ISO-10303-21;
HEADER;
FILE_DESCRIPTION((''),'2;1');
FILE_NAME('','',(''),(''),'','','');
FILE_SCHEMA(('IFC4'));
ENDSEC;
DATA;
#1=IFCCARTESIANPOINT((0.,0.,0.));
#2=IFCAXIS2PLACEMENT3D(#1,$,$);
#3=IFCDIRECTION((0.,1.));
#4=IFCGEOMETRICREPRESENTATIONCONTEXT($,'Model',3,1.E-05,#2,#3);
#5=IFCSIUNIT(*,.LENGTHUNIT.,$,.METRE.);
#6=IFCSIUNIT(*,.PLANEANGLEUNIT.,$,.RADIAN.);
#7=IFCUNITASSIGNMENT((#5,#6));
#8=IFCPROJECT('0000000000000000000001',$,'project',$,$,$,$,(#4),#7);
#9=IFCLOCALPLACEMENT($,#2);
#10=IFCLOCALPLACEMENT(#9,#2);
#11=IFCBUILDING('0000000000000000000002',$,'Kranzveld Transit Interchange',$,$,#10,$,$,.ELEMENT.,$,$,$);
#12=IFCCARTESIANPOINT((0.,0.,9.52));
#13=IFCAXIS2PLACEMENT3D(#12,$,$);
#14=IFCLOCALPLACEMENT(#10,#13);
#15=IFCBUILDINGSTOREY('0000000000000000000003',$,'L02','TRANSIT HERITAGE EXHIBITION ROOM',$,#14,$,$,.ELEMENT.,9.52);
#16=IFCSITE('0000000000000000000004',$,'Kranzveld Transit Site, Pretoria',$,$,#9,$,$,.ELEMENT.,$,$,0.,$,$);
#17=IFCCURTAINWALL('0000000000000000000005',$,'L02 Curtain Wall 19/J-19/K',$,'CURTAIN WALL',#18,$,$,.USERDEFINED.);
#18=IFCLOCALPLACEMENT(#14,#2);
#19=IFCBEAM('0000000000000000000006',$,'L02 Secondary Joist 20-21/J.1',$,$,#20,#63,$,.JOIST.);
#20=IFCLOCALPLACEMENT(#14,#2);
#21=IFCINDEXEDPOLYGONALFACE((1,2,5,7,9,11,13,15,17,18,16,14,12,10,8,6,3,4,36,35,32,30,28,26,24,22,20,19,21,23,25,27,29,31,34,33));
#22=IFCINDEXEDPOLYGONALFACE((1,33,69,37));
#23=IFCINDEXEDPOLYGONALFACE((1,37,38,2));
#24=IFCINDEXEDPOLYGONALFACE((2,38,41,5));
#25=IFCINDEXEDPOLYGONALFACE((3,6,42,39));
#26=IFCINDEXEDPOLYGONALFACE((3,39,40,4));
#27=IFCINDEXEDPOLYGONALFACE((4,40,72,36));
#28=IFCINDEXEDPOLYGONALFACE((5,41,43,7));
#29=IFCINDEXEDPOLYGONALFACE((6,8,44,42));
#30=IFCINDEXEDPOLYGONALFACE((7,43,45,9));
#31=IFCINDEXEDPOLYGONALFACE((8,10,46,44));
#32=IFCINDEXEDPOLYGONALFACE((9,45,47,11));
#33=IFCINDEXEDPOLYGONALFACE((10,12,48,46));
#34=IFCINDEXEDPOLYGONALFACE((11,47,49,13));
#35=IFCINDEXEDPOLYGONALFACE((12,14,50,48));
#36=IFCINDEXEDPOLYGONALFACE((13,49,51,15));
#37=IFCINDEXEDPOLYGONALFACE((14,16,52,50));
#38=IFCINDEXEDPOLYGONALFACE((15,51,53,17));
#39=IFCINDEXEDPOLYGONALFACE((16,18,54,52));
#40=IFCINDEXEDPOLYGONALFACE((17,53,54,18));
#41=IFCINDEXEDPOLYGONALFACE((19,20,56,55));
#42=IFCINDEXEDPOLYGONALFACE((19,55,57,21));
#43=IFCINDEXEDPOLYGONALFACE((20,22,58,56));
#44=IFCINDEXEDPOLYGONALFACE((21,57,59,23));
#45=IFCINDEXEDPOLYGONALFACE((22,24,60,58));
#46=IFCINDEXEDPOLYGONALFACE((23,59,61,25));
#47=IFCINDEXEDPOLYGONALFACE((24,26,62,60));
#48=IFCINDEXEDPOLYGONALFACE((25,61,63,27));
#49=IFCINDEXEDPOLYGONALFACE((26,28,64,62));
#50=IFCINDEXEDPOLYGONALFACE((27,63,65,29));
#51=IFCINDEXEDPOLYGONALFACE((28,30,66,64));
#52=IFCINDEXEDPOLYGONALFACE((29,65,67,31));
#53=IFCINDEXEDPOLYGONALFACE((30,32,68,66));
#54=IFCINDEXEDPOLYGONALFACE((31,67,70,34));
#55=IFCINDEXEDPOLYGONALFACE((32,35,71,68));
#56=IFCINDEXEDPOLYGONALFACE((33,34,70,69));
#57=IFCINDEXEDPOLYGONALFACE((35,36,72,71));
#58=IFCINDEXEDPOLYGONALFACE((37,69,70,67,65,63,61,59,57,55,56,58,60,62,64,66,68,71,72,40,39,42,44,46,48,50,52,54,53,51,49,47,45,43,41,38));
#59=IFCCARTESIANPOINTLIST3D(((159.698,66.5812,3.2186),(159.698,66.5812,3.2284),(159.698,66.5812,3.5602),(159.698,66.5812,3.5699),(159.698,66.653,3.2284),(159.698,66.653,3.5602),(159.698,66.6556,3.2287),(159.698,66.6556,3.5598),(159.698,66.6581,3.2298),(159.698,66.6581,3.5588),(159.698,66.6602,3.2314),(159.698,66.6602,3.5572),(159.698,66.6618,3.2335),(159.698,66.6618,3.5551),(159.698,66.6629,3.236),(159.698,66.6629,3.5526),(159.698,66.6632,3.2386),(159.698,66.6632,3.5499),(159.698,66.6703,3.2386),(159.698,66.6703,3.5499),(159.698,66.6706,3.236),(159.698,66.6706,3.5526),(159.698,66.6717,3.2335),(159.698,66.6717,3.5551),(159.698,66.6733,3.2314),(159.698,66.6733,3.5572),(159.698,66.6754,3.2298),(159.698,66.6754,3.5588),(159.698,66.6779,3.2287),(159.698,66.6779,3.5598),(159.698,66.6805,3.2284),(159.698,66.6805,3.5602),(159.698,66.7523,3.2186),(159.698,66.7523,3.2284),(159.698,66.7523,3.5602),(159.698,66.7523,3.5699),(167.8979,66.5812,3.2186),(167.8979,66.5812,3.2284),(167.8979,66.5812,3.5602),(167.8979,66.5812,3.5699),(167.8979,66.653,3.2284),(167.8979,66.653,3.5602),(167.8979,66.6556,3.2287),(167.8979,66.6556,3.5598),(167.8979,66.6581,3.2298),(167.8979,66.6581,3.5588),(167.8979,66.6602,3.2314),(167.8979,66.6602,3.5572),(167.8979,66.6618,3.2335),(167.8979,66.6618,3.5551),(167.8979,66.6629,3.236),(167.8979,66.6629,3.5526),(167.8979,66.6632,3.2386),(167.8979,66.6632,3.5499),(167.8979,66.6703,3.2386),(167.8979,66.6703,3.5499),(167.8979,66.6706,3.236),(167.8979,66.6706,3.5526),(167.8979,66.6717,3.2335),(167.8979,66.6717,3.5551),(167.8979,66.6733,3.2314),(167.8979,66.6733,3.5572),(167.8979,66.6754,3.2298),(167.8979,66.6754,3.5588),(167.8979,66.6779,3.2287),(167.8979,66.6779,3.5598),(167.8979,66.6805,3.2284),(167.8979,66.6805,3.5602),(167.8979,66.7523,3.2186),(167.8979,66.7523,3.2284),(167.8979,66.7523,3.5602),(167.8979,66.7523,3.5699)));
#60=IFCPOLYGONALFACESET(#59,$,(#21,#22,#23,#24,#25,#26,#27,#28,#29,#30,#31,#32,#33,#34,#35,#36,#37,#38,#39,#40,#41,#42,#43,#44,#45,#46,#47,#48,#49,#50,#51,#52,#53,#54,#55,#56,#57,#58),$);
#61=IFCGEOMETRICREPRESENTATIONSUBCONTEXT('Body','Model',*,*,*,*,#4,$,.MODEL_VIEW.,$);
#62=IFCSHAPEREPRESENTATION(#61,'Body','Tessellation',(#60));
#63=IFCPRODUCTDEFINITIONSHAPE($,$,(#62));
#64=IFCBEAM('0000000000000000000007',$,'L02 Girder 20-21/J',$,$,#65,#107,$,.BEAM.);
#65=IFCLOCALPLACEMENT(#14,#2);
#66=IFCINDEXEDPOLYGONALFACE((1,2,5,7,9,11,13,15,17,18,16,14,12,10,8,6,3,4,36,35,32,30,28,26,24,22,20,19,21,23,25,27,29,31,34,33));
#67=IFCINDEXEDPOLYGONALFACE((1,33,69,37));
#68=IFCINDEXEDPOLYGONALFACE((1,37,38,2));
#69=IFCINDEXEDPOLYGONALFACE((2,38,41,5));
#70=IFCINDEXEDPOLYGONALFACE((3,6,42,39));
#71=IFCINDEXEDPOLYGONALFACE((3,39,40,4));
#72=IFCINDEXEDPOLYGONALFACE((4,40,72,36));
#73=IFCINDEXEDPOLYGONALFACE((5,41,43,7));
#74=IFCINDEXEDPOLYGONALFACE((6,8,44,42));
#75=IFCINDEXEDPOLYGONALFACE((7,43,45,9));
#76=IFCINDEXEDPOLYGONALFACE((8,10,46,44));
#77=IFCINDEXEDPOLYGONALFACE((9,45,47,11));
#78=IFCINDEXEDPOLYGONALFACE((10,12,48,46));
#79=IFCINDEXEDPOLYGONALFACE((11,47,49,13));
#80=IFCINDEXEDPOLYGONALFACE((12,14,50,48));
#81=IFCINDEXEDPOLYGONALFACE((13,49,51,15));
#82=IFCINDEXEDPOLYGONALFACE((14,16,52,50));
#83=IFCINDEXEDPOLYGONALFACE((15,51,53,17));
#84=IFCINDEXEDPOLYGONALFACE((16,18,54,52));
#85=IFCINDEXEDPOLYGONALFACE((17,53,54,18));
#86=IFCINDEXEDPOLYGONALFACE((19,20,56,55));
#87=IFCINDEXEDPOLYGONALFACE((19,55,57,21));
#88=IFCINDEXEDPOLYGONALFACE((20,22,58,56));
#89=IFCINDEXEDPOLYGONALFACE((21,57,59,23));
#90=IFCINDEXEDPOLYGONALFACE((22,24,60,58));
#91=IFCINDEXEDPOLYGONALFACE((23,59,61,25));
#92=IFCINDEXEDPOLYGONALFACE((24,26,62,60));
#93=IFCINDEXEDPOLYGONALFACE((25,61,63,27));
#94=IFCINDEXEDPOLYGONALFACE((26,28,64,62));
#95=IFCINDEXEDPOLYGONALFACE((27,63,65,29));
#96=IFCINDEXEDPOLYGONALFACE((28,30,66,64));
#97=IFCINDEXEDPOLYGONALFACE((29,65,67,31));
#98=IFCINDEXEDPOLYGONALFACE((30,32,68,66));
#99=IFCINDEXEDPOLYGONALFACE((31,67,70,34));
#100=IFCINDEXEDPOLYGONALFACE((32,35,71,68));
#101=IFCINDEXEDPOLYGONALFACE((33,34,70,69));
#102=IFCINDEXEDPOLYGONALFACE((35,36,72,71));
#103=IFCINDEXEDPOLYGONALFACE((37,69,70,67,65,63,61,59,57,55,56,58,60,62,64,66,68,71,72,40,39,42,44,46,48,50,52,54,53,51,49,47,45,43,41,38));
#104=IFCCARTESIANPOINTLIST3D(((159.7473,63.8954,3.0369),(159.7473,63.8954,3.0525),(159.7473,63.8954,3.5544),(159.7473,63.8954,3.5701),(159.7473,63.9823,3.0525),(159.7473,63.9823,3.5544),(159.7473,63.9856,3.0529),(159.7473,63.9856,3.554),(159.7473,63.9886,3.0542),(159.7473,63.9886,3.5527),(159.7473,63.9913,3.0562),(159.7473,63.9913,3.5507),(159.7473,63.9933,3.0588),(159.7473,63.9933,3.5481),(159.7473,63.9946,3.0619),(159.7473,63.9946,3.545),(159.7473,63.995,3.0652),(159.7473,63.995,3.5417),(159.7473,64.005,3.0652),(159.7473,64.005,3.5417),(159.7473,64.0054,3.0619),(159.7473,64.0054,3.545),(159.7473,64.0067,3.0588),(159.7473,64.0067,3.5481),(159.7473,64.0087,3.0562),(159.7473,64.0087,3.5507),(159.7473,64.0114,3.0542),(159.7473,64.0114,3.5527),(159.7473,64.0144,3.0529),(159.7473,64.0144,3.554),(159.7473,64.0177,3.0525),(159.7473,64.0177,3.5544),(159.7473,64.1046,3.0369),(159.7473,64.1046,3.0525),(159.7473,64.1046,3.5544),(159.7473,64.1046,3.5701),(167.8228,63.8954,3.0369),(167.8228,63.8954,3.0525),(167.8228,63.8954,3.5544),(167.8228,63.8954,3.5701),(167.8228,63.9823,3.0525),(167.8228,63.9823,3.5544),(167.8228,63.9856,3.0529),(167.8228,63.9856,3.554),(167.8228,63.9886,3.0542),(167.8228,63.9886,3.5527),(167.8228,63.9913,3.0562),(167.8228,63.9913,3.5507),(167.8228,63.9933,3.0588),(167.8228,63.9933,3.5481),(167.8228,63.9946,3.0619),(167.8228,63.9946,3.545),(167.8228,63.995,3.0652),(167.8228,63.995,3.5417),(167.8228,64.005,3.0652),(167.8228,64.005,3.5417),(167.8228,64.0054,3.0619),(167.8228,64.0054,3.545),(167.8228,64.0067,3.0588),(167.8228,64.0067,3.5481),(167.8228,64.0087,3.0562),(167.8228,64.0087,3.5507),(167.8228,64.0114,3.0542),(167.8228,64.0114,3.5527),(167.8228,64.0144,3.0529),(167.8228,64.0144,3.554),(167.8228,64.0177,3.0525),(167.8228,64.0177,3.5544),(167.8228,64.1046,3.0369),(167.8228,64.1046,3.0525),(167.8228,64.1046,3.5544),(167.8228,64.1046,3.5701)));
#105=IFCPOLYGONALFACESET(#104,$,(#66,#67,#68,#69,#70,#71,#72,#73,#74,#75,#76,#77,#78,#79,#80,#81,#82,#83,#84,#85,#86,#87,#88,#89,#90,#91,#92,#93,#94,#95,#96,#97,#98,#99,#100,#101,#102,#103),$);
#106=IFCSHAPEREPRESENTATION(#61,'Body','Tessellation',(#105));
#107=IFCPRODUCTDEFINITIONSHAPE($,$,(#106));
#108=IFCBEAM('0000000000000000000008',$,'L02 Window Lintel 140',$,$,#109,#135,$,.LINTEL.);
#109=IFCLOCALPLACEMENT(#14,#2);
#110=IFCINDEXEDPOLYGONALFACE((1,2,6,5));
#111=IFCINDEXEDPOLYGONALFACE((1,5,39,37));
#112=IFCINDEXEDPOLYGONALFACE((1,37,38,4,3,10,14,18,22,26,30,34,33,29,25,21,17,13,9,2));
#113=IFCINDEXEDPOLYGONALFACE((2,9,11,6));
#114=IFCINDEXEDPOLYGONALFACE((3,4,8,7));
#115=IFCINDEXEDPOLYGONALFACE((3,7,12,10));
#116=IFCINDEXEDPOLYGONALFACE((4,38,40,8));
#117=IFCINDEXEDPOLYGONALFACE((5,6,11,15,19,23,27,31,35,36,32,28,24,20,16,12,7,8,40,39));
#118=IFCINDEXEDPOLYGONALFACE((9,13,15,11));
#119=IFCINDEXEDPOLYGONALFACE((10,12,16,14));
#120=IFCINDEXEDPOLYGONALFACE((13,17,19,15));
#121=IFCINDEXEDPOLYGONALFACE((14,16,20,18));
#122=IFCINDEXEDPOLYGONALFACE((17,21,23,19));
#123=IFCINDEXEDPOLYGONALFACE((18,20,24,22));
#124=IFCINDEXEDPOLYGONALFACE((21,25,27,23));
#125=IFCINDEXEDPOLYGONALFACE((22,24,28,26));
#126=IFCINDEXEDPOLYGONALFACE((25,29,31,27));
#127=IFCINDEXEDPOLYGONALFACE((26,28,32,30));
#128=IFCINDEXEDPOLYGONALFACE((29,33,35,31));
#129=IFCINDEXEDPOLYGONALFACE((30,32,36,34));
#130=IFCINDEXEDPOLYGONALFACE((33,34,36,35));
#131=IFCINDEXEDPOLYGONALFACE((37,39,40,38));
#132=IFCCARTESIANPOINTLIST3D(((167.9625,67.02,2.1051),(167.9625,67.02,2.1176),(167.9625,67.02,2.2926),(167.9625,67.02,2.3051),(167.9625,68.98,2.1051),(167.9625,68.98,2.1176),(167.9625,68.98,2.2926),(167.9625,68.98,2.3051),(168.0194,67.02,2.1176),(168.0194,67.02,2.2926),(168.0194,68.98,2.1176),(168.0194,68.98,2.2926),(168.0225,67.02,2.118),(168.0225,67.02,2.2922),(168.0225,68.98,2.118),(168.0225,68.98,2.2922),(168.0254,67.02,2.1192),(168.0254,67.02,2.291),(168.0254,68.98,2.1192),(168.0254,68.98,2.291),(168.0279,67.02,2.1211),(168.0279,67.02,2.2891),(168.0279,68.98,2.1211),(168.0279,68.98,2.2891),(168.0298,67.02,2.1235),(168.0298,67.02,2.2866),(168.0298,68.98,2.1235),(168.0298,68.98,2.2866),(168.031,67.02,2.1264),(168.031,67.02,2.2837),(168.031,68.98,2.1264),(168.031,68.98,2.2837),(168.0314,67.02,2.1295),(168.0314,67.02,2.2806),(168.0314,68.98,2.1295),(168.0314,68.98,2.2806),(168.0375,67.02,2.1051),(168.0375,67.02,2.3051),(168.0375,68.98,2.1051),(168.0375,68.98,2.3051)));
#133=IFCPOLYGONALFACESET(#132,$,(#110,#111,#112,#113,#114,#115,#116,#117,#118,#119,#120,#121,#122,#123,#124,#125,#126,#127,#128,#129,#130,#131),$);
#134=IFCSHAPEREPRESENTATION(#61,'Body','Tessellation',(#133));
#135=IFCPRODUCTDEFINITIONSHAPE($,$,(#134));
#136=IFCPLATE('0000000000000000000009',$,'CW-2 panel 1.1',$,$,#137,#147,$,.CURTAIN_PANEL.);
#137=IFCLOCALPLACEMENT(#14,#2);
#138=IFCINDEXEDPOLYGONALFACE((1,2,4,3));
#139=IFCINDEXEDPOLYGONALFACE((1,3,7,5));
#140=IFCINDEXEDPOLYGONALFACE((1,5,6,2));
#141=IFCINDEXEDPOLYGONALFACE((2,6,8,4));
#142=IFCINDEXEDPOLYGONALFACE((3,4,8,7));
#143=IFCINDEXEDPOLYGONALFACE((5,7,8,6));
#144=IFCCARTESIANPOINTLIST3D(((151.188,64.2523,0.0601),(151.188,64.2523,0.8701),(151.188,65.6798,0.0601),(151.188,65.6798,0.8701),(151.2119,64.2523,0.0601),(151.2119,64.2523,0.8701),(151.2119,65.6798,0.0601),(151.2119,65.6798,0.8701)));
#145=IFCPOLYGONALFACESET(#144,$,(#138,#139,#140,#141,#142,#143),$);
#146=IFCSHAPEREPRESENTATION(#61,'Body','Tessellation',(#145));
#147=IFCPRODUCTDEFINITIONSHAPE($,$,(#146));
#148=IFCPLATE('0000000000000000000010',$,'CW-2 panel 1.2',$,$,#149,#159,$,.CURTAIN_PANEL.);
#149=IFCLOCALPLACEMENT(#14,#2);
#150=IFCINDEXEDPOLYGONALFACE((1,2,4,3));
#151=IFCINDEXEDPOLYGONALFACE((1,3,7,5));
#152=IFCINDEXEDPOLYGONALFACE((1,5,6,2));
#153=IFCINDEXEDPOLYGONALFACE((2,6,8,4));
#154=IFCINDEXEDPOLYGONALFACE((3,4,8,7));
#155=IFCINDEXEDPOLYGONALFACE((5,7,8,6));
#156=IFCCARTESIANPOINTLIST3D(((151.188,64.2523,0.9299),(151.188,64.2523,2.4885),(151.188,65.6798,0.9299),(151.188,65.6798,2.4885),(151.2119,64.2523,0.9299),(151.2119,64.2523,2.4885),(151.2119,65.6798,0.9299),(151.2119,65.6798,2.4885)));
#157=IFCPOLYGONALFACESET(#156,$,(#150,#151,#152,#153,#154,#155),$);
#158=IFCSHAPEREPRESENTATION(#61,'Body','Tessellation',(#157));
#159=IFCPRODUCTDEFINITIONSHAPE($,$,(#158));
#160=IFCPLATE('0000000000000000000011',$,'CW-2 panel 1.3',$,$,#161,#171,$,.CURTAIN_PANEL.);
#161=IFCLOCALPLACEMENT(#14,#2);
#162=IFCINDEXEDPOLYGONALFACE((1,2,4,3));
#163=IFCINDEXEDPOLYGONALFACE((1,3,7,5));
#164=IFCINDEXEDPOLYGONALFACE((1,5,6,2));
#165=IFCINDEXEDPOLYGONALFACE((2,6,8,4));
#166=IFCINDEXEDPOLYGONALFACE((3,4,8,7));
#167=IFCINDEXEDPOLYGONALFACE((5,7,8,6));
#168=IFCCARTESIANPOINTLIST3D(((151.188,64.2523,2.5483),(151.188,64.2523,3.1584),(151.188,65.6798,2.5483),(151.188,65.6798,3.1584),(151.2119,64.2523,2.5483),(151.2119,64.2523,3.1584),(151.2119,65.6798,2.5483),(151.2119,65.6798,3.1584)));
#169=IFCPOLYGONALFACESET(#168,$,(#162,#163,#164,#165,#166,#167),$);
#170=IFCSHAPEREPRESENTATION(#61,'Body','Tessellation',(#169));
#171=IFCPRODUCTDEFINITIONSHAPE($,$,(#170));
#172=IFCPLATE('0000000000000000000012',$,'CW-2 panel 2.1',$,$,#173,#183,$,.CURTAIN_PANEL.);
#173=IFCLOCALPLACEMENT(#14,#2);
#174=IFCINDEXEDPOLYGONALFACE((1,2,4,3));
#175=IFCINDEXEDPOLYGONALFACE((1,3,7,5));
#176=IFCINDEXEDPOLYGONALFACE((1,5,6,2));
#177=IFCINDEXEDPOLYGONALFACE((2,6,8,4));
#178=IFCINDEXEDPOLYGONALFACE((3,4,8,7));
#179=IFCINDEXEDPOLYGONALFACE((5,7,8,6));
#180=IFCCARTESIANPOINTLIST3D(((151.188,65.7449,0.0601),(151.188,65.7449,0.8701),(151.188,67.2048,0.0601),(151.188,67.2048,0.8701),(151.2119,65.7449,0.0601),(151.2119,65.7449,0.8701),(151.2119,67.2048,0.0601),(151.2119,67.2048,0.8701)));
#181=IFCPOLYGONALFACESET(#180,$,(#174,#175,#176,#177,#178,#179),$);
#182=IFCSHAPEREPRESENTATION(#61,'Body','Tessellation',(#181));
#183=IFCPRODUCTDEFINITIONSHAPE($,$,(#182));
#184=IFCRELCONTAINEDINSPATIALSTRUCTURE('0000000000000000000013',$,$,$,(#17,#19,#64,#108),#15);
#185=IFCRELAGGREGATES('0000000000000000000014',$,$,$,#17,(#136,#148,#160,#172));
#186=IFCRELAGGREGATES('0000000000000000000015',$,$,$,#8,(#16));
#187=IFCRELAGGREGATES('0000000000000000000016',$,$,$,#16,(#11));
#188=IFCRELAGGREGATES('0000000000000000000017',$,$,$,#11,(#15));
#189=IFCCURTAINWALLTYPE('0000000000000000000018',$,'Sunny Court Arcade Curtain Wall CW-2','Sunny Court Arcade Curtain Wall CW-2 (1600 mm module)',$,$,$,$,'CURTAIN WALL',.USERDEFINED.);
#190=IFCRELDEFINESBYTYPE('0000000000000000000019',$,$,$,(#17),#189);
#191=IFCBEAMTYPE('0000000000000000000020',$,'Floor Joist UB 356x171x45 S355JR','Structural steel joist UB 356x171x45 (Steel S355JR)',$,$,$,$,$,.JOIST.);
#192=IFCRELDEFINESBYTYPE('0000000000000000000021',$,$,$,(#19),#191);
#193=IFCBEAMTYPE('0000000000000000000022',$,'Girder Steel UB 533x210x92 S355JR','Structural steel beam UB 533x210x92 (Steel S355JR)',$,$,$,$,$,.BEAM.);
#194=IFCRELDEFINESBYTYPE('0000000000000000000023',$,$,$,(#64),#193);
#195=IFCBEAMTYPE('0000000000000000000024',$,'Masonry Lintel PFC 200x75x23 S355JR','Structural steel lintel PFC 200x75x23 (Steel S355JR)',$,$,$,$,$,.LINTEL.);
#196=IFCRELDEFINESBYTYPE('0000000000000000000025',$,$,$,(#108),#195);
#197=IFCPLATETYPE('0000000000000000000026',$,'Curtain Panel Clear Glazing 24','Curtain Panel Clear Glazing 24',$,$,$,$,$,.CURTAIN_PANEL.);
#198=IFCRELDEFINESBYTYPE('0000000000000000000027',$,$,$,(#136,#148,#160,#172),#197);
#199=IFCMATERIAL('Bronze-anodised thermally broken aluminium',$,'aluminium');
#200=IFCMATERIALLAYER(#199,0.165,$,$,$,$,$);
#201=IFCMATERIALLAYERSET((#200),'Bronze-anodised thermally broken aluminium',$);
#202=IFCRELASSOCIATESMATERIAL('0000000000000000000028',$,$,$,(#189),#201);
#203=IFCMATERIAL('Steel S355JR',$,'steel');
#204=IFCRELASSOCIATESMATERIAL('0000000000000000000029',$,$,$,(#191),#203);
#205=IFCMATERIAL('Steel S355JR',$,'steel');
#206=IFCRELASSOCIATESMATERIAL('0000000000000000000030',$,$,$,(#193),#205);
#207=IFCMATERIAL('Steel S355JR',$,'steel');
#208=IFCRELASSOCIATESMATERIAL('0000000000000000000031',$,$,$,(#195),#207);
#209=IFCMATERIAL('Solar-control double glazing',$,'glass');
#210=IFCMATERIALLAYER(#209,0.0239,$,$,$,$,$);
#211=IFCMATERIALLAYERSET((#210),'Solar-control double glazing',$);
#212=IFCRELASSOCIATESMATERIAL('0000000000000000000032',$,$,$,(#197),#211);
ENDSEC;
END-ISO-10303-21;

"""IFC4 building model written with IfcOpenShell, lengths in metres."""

from ifc_helpers import new_model, si_unit, direction, frame, origin, origin_2d, place, context, subcontext, project, spatial, rectangle, i_section, u_section, extrude, material, layer, layer_set, material_profile, profile_set, type_object, element, aggregate, save


model = new_model("IFC4")

# Units and contexts
model_context = context("Model", 3, precision=1e-05, world=origin(), true_north=direction((0.0, 1.0)))
body_context = subcontext(model_context, "Body", "Model", "MODEL_VIEW")
ifc_project = project(units=[si_unit("LENGTHUNIT", "METRE"), si_unit("PLANEANGLEUNIT", "RADIAN")], contexts=[model_context])

# Site, building, storey
site_placement = place(None, origin())
site = spatial("IfcSite", under=ifc_project, at=site_placement, Name="Kranzveld Transit Site, Pretoria", CompositionType="ELEMENT", RefElevation=0.0)
building_placement = place(site_placement, origin())
building = spatial("IfcBuilding", under=site, at=building_placement, Name="Kranzveld Transit Interchange", CompositionType="ELEMENT")
storey_placement = place(building_placement, frame((0.0, 0.0, 9.52)))
storey = spatial("IfcBuildingStorey", under=building, at=storey_placement, Name="L02", Description="TRANSIT HERITAGE EXHIBITION ROOM", CompositionType="ELEMENT", Elevation=9.52)

# Curtain wall
ifc_material_1 = material(Name="Bronze-anodised thermally broken aluminium", Category="aluminium")
ifc_layer_1 = layer(ifc_material_1, 0.165)
ifc_layer_set_1 = layer_set([ifc_layer_1], Name="Bronze-anodised thermally broken aluminium")
curtain_wall_type = type_object("IfcCurtainWallType", Name="Sunny Court Arcade Curtain Wall CW-2", Description="Sunny Court Arcade Curtain Wall CW-2 (1600 mm module)", ElementType="CURTAIN WALL", PredefinedType="USERDEFINED", material=ifc_layer_set_1)
curtain_wall_placement = place(storey_placement, origin())
curtain_wall = element("IfcCurtainWall", 1, at=curtain_wall_placement, inside=storey, type_object=curtain_wall_type, Name="L02 Curtain Wall 19/J-19/K", ObjectType="CURTAIN WALL", PredefinedType="USERDEFINED")

# Beams
ifc_material_2 = material(Name="Steel S355JR", Category="steel")
ifc_material_profile_1 = material_profile(ifc_material_2, i_section(OverallWidth=0.1711, OverallDepth=0.3513, WebThickness=0.0071, FlangeThickness=0.0098, FilletRadius=0.0103, at=origin_2d()), Name="UB 356x171x45")
ifc_profile_set_1 = profile_set([ifc_material_profile_1], Name="Steel S355JR")
beam_type_1 = type_object("IfcBeamType", Name="Floor Joist UB 356x171x45 S355JR", Description="Structural steel joist UB 356x171x45 (Steel S355JR)", PredefinedType="JOIST", material=ifc_profile_set_1)
for number, where, z_axis, x_axis, name in (
    (2, (159.698, 66.6667, 3.3943), (1.0, 0.0, 0.0), (0.0, 1.0, 0.0), "L02 Secondary Joist 20-21/J.1"),
):
    element("IfcBeam", number, at=place(storey_placement, frame(where, z_axis=z_axis, x_axis=x_axis)), inside=storey, type_object=beam_type_1, Name=name, PredefinedType="JOIST", context=body_context, shape_type="SweptSolid", body=[
        extrude(i_section(OverallWidth=0.1711, OverallDepth=0.3513, WebThickness=0.0071, FlangeThickness=0.0098, FilletRadius=0.0103, at=origin_2d()), origin(), (0.0, 0.0, 1.0), 8.2),
    ])
ifc_material_3 = material(Name="Steel S355JR", Category="steel")
ifc_material_profile_2 = material_profile(ifc_material_3, i_section(OverallWidth=0.2092, OverallDepth=0.5332, WebThickness=0.01, FlangeThickness=0.0156, FilletRadius=0.0127, at=origin_2d()), Name="UB 533x210x92")
ifc_profile_set_2 = profile_set([ifc_material_profile_2], Name="Steel S355JR")
beam_type_2 = type_object("IfcBeamType", Name="Girder Steel UB 533x210x92 S355JR", Description="Structural steel beam UB 533x210x92 (Steel S355JR)", PredefinedType="BEAM", material=ifc_profile_set_2)
beam_1_placement = place(storey_placement, frame((159.7473, 64.0, 3.3035), z_axis=(1.0, 0.0, 0.0), x_axis=(0.0, 1.0, 0.0)))
element("IfcBeam", 3, at=beam_1_placement, inside=storey, type_object=beam_type_2, Name="L02 Girder 20-21/J", PredefinedType="BEAM", context=body_context, shape_type="SweptSolid", body=[
    extrude(i_section(OverallWidth=0.2092, OverallDepth=0.5332, WebThickness=0.01, FlangeThickness=0.0156, FilletRadius=0.0127, at=origin_2d()), origin(), (0.0, 0.0, 1.0), 8.0754),
])
ifc_material_4 = material(Name="Steel S355JR", Category="steel")
ifc_material_profile_3 = material_profile(ifc_material_4, u_section(Depth=0.2, FlangeWidth=0.075, WebThickness=0.0061, FlangeThickness=0.0125, FilletRadius=0.012, at=origin_2d()), Name="PFC 200x75x23")
ifc_profile_set_3 = profile_set([ifc_material_profile_3], Name="Steel S355JR")
beam_type_3 = type_object("IfcBeamType", Name="Masonry Lintel PFC 200x75x23 S355JR", Description="Structural steel lintel PFC 200x75x23 (Steel S355JR)", PredefinedType="LINTEL", material=ifc_profile_set_3)
beam_2_placement = place(storey_placement, frame((168.0, 67.02, 2.2051), z_axis=(0.0, 1.0, 0.0), x_axis=(-1.0, 0.0, 0.0)))
element("IfcBeam", 4, at=beam_2_placement, inside=storey, type_object=beam_type_3, Name="L02 Window Lintel 140", PredefinedType="LINTEL", context=body_context, shape_type="SweptSolid", body=[
    extrude(u_section(Depth=0.2, FlangeWidth=0.075, WebThickness=0.0061, FlangeThickness=0.0125, FilletRadius=0.012, at=origin_2d()), origin(), (0.0, 0.0, 1.0), 1.96),
])

# Plates
ifc_material_5 = material(Name="Solar-control double glazing", Category="glass")
ifc_layer_2 = layer(ifc_material_5, 0.0239)
ifc_layer_set_2 = layer_set([ifc_layer_2], Name="Solar-control double glazing")
plate_type = type_object("IfcPlateType", Name="Curtain Panel Clear Glazing 24", Description="Curtain Panel Clear Glazing 24", PredefinedType="CURTAIN_PANEL", material=ifc_layer_set_2)
plate_1_placement = place(storey_placement, frame((151.2, 64.9661, 0.0601), z_axis=(0.0, 0.0, 1.0), x_axis=(0.0, 1.0, 0.0)))
plate_1 = element("IfcPlate", 5, at=plate_1_placement, type_object=plate_type, Name="CW-2 panel 1.1", PredefinedType="CURTAIN_PANEL", context=body_context, shape_type="SweptSolid", body=[
    extrude(rectangle(XDim=1.4275, YDim=0.0239, at=origin_2d()), origin(), (0.0, 0.0, 1.0), 0.8101),
])
plate_2_placement = place(storey_placement, frame((151.2, 64.9661, 0.9299), z_axis=(0.0, 0.0, 1.0), x_axis=(0.0, 1.0, 0.0)))
plate_2 = element("IfcPlate", 6, at=plate_2_placement, type_object=plate_type, Name="CW-2 panel 1.2", PredefinedType="CURTAIN_PANEL", context=body_context, shape_type="SweptSolid", body=[
    extrude(rectangle(XDim=1.4275, YDim=0.0239, at=origin_2d()), origin(), (0.0, 0.0, 1.0), 1.5586),
])
plate_3_placement = place(storey_placement, frame((151.2, 64.9661, 2.5483), z_axis=(0.0, 0.0, 1.0), x_axis=(0.0, 1.0, 0.0)))
plate_3 = element("IfcPlate", 7, at=plate_3_placement, type_object=plate_type, Name="CW-2 panel 1.3", PredefinedType="CURTAIN_PANEL", context=body_context, shape_type="SweptSolid", body=[
    extrude(rectangle(XDim=1.4275, YDim=0.0239, at=origin_2d()), origin(), (0.0, 0.0, 1.0), 0.6101),
])
plate_4_placement = place(storey_placement, frame((151.2, 66.4749, 0.0601), z_axis=(0.0, 0.0, 1.0), x_axis=(0.0, 1.0, 0.0)))
plate_4 = element("IfcPlate", 8, at=plate_4_placement, type_object=plate_type, Name="CW-2 panel 2.1", PredefinedType="CURTAIN_PANEL", context=body_context, shape_type="SweptSolid", body=[
    extrude(rectangle(XDim=1.46, YDim=0.0239, at=origin_2d()), origin(), (0.0, 0.0, 1.0), 0.8101),
])
aggregate(curtain_wall, [plate_1, plate_2, plate_3, plate_4])

save(model, "model.ifc")
